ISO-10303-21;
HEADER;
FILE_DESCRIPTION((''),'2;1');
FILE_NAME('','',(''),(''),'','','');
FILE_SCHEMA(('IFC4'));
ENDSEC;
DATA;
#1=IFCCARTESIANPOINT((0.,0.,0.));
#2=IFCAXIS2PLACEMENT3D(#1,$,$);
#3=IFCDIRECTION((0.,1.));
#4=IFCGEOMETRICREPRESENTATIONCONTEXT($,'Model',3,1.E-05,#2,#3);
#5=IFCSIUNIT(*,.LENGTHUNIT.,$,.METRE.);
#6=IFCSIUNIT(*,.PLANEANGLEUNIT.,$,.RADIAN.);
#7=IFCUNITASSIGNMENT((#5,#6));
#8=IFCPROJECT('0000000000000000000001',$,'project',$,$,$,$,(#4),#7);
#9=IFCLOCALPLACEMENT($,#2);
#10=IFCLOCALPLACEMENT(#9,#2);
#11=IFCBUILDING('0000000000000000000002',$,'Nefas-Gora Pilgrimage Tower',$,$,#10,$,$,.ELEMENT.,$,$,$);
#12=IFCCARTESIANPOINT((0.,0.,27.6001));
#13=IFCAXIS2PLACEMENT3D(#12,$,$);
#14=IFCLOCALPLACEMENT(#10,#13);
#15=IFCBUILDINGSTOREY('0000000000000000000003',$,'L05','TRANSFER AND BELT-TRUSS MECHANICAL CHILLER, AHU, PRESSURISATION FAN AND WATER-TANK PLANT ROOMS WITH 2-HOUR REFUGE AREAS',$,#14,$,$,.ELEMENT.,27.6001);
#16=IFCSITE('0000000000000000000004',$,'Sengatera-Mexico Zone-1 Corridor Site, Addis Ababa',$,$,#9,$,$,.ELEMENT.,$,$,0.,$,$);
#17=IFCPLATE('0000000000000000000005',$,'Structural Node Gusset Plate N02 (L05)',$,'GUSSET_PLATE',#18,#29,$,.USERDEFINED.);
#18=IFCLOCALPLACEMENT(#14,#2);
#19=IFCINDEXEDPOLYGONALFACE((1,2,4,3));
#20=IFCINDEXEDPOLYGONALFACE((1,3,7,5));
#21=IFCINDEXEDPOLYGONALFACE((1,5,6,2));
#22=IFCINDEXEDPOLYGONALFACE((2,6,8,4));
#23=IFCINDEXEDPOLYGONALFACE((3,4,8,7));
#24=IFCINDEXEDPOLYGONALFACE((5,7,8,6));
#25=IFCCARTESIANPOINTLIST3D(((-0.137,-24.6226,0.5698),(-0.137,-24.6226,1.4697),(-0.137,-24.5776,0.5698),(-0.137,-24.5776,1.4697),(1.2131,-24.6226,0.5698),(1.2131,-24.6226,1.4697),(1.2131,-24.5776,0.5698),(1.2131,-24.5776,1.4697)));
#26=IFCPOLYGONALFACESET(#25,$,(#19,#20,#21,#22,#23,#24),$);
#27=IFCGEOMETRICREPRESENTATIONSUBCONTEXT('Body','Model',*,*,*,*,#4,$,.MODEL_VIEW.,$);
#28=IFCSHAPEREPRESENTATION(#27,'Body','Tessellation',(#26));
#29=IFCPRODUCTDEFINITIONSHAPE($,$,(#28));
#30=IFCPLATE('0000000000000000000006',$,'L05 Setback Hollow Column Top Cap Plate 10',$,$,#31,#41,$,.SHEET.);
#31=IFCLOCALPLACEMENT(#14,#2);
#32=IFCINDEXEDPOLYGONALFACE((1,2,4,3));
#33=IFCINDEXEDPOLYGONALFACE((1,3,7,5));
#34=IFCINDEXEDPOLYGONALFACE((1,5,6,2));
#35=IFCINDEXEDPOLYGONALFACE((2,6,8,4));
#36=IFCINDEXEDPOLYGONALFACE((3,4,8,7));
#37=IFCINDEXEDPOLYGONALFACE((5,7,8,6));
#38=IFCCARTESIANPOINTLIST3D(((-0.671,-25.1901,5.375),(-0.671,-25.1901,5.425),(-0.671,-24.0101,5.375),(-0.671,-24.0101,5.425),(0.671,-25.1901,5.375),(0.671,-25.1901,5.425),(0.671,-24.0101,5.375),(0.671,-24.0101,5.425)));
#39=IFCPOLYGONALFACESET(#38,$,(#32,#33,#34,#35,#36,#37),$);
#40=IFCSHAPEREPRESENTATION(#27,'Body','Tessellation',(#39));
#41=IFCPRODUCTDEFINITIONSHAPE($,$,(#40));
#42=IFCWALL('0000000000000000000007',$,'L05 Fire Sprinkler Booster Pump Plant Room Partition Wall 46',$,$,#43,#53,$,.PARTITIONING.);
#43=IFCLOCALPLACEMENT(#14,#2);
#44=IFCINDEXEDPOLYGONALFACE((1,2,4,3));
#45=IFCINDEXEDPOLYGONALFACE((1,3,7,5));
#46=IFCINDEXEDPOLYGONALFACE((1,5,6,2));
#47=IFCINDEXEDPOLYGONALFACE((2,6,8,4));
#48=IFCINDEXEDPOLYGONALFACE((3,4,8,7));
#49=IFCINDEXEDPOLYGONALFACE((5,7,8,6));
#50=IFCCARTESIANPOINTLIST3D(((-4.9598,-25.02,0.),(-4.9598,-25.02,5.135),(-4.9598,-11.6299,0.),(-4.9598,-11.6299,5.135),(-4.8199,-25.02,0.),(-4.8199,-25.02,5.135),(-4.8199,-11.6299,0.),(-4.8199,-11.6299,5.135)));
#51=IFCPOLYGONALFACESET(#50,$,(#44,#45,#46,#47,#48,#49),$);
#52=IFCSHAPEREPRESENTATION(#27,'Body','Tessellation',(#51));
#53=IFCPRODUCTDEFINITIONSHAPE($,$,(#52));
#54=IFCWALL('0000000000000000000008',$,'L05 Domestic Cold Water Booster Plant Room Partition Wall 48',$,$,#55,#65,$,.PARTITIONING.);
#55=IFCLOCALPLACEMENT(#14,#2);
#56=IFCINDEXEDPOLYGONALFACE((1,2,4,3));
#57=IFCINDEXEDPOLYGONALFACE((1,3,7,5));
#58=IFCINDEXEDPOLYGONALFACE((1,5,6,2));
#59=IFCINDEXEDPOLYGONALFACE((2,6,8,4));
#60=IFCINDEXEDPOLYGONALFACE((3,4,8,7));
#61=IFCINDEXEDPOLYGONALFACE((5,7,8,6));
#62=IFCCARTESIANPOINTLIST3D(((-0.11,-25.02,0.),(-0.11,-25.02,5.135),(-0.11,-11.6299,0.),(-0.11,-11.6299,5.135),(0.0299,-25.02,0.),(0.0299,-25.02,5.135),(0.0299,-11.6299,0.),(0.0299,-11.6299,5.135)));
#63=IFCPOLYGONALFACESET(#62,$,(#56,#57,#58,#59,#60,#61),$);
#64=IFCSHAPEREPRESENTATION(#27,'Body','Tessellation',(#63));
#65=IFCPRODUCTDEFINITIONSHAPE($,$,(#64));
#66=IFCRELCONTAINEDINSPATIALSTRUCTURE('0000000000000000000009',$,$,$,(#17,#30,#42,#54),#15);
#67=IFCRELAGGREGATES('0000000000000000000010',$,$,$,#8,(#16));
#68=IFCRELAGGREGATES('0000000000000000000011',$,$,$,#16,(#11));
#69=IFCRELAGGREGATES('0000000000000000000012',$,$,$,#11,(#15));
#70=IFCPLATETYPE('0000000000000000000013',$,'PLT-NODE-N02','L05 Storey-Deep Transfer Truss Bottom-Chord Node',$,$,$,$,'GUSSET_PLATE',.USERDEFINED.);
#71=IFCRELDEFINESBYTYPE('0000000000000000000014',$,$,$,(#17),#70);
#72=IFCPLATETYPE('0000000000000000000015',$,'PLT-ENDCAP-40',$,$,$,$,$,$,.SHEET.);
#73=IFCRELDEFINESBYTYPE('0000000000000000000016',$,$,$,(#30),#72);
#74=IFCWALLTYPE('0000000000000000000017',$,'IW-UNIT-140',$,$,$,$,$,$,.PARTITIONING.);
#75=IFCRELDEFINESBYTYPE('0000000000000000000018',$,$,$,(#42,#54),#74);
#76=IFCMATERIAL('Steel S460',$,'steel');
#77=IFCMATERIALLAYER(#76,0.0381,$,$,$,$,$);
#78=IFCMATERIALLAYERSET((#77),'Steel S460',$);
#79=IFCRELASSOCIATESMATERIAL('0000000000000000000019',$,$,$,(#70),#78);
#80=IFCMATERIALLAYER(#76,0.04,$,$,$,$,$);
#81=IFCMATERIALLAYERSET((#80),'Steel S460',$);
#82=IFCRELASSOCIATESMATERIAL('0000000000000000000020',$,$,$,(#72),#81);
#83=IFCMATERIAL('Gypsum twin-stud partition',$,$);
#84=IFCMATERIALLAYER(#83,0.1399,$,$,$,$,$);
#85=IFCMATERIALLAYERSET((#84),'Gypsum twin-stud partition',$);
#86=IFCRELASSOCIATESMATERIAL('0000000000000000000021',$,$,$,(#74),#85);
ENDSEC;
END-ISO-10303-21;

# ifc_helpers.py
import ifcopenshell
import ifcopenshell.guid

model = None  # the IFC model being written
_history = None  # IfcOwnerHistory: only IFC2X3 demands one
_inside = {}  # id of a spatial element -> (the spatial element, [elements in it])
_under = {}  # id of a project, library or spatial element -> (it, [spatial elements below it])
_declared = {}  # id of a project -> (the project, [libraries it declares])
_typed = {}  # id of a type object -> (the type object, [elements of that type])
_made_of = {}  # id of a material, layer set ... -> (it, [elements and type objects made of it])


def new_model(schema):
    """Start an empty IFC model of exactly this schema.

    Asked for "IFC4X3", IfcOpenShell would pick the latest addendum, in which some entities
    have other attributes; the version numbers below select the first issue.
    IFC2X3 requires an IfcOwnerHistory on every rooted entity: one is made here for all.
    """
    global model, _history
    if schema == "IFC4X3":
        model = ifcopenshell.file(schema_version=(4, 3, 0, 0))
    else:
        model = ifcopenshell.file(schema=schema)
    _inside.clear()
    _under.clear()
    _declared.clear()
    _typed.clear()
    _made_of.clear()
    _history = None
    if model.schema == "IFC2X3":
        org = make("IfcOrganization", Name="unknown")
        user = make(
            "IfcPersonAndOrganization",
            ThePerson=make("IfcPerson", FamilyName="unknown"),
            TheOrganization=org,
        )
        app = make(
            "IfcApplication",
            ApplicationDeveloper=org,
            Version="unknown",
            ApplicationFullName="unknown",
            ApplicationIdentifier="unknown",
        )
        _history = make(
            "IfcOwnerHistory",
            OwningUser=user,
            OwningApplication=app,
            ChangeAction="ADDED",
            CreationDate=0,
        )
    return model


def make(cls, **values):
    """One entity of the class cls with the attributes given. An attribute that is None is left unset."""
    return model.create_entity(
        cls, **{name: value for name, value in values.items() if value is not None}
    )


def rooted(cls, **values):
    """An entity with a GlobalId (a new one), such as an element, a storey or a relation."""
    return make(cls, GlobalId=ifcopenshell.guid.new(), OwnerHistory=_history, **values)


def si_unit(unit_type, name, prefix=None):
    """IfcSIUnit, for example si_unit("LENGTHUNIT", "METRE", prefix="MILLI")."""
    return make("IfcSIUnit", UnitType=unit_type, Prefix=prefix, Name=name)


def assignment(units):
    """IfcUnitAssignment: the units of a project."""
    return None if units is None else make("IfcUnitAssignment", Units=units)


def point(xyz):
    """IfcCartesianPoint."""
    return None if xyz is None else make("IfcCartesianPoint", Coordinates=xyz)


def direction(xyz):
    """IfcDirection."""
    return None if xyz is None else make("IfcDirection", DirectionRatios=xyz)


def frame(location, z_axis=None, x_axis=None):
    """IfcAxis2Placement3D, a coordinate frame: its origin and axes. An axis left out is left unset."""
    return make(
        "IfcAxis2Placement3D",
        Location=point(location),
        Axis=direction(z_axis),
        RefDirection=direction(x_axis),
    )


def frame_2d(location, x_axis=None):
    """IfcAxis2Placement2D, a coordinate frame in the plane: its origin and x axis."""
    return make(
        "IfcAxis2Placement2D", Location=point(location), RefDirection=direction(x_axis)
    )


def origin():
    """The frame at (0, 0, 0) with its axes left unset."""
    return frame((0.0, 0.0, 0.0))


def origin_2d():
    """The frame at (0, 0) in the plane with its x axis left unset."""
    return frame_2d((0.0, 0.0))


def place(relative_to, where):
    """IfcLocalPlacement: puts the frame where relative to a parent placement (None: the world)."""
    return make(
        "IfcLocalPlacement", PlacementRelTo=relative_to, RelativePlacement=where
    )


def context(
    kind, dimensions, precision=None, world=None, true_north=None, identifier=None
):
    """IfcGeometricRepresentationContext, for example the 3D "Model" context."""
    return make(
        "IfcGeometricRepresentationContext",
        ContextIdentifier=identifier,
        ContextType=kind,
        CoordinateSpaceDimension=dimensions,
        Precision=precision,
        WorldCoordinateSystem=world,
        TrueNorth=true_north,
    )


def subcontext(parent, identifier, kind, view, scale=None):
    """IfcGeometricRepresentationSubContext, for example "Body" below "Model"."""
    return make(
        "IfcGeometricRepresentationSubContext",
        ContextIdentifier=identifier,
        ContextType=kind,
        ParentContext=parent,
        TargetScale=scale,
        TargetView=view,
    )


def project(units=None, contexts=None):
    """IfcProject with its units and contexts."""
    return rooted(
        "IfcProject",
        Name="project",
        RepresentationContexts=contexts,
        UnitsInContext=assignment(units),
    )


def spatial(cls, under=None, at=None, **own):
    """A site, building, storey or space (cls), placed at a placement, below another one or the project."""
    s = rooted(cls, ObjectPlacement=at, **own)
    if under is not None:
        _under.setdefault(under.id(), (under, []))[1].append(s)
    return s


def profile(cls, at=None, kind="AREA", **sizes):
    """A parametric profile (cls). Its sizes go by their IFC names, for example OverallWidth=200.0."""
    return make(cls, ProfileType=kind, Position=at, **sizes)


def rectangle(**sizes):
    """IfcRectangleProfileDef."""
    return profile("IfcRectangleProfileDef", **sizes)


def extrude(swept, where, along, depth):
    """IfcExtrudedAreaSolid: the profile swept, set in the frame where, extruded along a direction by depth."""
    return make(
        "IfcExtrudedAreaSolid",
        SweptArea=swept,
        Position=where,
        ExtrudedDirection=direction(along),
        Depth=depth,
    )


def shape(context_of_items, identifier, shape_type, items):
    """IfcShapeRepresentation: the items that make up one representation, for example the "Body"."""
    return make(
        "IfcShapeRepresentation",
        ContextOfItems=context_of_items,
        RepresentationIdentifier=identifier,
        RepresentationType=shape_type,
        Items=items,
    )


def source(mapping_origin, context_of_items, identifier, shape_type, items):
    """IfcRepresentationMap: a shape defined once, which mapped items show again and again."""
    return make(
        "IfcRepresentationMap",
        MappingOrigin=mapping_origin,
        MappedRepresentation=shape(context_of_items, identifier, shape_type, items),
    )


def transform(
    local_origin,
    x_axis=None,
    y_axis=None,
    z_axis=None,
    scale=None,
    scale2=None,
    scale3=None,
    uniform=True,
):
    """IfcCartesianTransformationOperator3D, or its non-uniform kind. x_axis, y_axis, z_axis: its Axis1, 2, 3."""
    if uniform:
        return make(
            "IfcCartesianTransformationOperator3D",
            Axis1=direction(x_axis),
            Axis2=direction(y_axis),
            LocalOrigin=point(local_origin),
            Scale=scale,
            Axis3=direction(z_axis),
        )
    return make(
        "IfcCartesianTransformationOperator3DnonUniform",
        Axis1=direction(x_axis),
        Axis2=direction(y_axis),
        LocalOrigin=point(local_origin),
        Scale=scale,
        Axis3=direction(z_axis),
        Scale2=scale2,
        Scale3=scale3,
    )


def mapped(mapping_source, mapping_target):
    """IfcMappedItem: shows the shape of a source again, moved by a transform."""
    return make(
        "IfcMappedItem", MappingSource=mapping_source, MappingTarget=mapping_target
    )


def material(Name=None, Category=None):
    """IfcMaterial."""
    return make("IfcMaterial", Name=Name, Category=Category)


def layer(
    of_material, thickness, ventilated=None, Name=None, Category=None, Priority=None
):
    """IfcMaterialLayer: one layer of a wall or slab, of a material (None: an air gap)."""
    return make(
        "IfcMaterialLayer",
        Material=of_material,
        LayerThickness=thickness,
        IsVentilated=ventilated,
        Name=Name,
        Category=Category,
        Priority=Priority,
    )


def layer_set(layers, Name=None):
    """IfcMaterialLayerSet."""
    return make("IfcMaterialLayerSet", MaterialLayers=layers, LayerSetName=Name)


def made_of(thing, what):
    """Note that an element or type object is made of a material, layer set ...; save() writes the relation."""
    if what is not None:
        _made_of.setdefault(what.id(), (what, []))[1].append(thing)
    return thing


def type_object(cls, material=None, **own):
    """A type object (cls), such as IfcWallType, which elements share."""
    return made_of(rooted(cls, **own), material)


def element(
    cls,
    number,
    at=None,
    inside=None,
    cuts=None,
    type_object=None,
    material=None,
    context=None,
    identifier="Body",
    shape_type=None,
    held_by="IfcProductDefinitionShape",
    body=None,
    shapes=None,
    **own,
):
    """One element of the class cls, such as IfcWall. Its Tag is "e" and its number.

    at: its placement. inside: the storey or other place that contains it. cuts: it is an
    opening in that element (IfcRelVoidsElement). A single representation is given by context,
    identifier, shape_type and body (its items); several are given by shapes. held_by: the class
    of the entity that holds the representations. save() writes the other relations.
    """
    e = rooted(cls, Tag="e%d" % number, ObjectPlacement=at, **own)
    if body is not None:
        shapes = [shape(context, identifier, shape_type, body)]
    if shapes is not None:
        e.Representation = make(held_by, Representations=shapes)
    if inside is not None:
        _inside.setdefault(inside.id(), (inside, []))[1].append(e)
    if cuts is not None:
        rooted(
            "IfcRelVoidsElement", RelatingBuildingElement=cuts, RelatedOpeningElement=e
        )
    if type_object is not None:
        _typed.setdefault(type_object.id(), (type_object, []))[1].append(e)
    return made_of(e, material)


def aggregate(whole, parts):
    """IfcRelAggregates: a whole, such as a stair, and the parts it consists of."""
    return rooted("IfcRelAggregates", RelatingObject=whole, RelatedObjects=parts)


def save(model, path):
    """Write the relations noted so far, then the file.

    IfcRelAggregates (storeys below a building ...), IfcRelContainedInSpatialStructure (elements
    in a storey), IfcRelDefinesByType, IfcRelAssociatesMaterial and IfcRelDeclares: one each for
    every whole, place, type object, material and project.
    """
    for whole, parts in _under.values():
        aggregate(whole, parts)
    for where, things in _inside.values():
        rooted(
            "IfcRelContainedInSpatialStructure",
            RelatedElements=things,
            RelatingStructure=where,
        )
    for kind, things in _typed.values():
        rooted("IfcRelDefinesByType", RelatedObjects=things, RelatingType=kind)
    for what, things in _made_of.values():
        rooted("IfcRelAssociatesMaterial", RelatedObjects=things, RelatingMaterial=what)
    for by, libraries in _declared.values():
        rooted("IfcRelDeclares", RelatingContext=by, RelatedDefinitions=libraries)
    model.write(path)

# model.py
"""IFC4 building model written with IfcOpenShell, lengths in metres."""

from ifc_helpers import new_model, si_unit, direction, frame, frame_2d, origin, origin_2d, place, context, subcontext, project, spatial, rectangle, extrude, source, transform, mapped, material, layer, layer_set, type_object, element, save


model = new_model("IFC4")

# Units and contexts
model_context = context("Model", 3, precision=1e-05, world=origin(), true_north=direction((0.0, 1.0)))
body_context = subcontext(model_context, "Body", "Model", "MODEL_VIEW")
ifc_project = project(units=[si_unit("LENGTHUNIT", "METRE"), si_unit("PLANEANGLEUNIT", "RADIAN")], contexts=[model_context])

# Site, building, storey
site_placement = place(None, origin())
site = spatial("IfcSite", under=ifc_project, at=site_placement, Name="Sengatera-Mexico Zone-1 Corridor Site, Addis Ababa", CompositionType="ELEMENT", RefElevation=0.0)
building_placement = place(site_placement, origin())
building = spatial("IfcBuilding", under=site, at=building_placement, Name="Nefas-Gora Pilgrimage Tower", CompositionType="ELEMENT")
storey_placement = place(building_placement, frame((0.0, 0.0, 27.6001)))
storey = spatial("IfcBuildingStorey", under=building, at=storey_placement, Name="L05", Description="TRANSFER AND BELT-TRUSS MECHANICAL CHILLER, AHU, PRESSURISATION FAN AND WATER-TANK PLANT ROOMS WITH 2-HOUR REFUGE AREAS", CompositionType="ELEMENT", Elevation=27.6001)

# Shared definitions
ifc_material_1 = material(Name="Steel S460", Category="steel")

# Plates
shared_shape_1 = source(origin(), body_context, "Body", "SweptSolid", [
    extrude(rectangle(XDim=1.3501, YDim=0.0449, at=origin_2d()), origin(), (0.0, 0.0, 1.0), 0.8999),
])
ifc_layer_1 = layer(ifc_material_1, 0.0381)
ifc_layer_set_1 = layer_set([ifc_layer_1], Name="Steel S460")
plate_type_1 = type_object("IfcPlateType", Name="PLT-NODE-N02", Description="L05 Storey-Deep Transfer Truss Bottom-Chord Node", ElementType="GUSSET_PLATE", PredefinedType="USERDEFINED", material=ifc_layer_set_1)
plate_1_placement = place(storey_placement, frame((0.5381, -24.6001, 0.5698), z_axis=(0.0, 0.0, 1.0), x_axis=(1.0, 0.0, 0.0)))
element("IfcPlate", 1, at=plate_1_placement, inside=storey, type_object=plate_type_1, Name="Structural Node Gusset Plate N02 (L05)", ObjectType="GUSSET_PLATE", PredefinedType="USERDEFINED", context=body_context, shape_type="MappedRepresentation", body=[
    mapped(shared_shape_1, transform((0.0, 0.0, 0.0), x_axis=(1.0, 0.0, 0.0), y_axis=(0.0, 1.0, 0.0), z_axis=(0.0, 0.0, 1.0), scale=1.0)),
])
ifc_layer_2 = layer(ifc_material_1, 0.04)
ifc_layer_set_2 = layer_set([ifc_layer_2], Name="Steel S460")
plate_type_2 = type_object("IfcPlateType", Name="PLT-ENDCAP-40", PredefinedType="SHEET", material=ifc_layer_set_2)
shared_shape_2 = source(origin(), body_context, "Body", "SweptSolid", [
    extrude(rectangle(XDim=1.342, YDim=1.1799, at=origin_2d()), origin(), (0.0, 0.0, 1.0), 0.05),
])
plate_2_placement = place(storey_placement, frame((0.0, -24.6001, 5.375), z_axis=(0.0, 0.0, 1.0), x_axis=(1.0, 0.0, 0.0)))
element("IfcPlate", 2, at=plate_2_placement, inside=storey, type_object=plate_type_2, Name="L05 Setback Hollow Column Top Cap Plate 10", PredefinedType="SHEET", context=body_context, shape_type="MappedRepresentation", body=[
    mapped(shared_shape_2, transform((0.0, 0.0, 0.0), x_axis=(1.0, 0.0, 0.0), y_axis=(0.0, 1.0, 0.0), z_axis=(0.0, 0.0, 1.0), scale=1.0)),
])

# Walls
ifc_material_2 = material(Name="Gypsum twin-stud partition")
ifc_layer_3 = layer(ifc_material_2, 0.1399)
ifc_layer_set_3 = layer_set([ifc_layer_3], Name="Gypsum twin-stud partition")
wall_type = type_object("IfcWallType", Name="IW-UNIT-140", PredefinedType="PARTITIONING", material=ifc_layer_set_3)
shared_shape_3 = source(origin(), body_context, "Body", "SweptSolid", [
    extrude(rectangle(XDim=13.3901, YDim=0.1399, at=frame_2d((6.6951, 0.0))), origin(), (0.0, 0.0, 1.0), 5.135),
])
for number, where, z_axis, x_axis, name in (
    (3, (-4.8899, -25.02, 0.0), (0.0, 0.0, 1.0), (0.0, 1.0, 0.0), "L05 Fire Sprinkler Booster Pump Plant Room Partition Wall 46"),
    (4, (-0.04, -25.02, 0.0), (0.0, 0.0, 1.0), (0.0, 1.0, 0.0), "L05 Domestic Cold Water Booster Plant Room Partition Wall 48"),
):
    element("IfcWall", number, at=place(storey_placement, frame(where, z_axis=z_axis, x_axis=x_axis)), inside=storey, type_object=wall_type, Name=name, PredefinedType="PARTITIONING", context=body_context, shape_type="MappedRepresentation", body=[
        mapped(shared_shape_3, transform((0.0, 0.0, 0.0), x_axis=(1.0, 0.0, 0.0), y_axis=(0.0, 1.0, 0.0), z_axis=(0.0, 0.0, 1.0), scale=1.0)),
    ])

save(model, "model.ifc")
